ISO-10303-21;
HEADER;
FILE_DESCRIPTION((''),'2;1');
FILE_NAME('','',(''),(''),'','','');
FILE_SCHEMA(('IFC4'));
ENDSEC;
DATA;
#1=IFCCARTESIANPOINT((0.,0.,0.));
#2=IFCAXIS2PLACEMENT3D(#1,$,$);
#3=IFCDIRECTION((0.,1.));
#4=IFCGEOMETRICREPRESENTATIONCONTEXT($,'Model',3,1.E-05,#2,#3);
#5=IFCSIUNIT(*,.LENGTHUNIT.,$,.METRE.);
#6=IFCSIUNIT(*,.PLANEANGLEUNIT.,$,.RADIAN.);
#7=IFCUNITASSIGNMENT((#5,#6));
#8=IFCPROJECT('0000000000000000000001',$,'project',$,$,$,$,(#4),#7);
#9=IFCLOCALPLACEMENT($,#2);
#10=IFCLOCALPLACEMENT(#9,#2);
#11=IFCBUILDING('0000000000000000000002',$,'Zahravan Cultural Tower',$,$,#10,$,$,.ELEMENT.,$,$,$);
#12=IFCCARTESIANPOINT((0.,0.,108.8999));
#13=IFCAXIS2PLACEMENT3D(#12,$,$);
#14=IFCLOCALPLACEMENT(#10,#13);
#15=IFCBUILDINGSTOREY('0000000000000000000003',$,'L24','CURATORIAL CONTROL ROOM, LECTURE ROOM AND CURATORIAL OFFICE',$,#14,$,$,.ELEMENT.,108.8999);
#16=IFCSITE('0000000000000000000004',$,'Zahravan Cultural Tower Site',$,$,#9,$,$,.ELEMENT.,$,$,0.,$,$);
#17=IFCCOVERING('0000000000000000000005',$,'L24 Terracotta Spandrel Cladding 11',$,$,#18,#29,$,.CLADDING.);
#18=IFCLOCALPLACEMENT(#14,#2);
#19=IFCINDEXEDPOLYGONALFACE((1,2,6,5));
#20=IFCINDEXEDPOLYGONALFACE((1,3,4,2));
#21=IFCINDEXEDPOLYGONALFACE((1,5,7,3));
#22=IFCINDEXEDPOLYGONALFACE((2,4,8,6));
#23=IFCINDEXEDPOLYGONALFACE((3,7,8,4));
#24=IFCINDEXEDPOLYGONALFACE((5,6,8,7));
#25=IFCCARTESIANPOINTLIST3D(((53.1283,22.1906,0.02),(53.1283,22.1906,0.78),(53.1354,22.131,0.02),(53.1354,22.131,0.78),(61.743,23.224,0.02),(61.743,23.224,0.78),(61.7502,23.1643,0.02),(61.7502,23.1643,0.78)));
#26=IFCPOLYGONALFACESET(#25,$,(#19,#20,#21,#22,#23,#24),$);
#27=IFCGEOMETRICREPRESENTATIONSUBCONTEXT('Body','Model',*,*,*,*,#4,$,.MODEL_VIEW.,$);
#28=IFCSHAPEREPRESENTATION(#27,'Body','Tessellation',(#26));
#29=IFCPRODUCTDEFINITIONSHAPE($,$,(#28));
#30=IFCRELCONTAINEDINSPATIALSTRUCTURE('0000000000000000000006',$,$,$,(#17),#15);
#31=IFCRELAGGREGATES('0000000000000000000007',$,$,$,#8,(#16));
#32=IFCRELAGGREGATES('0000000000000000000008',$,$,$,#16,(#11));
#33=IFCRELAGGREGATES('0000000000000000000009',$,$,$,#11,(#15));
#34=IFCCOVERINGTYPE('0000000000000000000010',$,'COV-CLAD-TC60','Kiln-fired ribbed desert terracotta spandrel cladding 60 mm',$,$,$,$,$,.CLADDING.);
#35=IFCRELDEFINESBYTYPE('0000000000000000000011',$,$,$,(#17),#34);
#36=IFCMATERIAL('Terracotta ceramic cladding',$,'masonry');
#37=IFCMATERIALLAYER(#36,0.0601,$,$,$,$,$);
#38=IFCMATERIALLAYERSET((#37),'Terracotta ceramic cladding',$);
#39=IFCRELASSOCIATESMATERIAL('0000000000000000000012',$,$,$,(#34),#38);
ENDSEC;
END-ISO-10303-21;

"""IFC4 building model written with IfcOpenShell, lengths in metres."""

from ifc_helpers import new_model, si_unit, direction, frame, origin, origin_2d, place, context, subcontext, project, spatial, rectangle, extrude, source, transform, mapped, material, layer, layer_set, type_object, element, save


model = new_model("IFC4")

# Units and contexts
model_context = context("Model", 3, precision=1e-05, world=origin(), true_north=direction((0.0, 1.0)))
body_context = subcontext(model_context, "Body", "Model", "MODEL_VIEW")
ifc_project = project(units=[si_unit("LENGTHUNIT", "METRE"), si_unit("PLANEANGLEUNIT", "RADIAN")], contexts=[model_context])

# Site, building, storey
site_placement = place(None, origin())
site = spatial("IfcSite", under=ifc_project, at=site_placement, Name="Zahravan Cultural Tower Site", CompositionType="ELEMENT", RefElevation=0.0)
building_placement = place(site_placement, origin())
building = spatial("IfcBuilding", under=site, at=building_placement, Name="Zahravan Cultural Tower", CompositionType="ELEMENT")
storey_placement = place(building_placement, frame((0.0, 0.0, 108.8999)))
storey = spatial("IfcBuildingStorey", under=building, at=storey_placement, Name="L24", Description="CURATORIAL CONTROL ROOM, LECTURE ROOM AND CURATORIAL OFFICE", CompositionType="ELEMENT", Elevation=108.8999)

# Covering
ifc_material_1 = material(Name="Terracotta ceramic cladding", Category="masonry")
ifc_layer_1 = layer(ifc_material_1, 0.0601)
ifc_layer_set_1 = layer_set([ifc_layer_1], Name="Terracotta ceramic cladding")
covering_type = type_object("IfcCoveringType", Name="COV-CLAD-TC60", Description="Kiln-fired ribbed desert terracotta spandrel cladding 60 mm", PredefinedType="CLADDING", material=ifc_layer_set_1)
shared_shape_1 = source(origin(), body_context, "Body", "SweptSolid", [
    extrude(rectangle(XDim=8.6765, YDim=0.0601, at=origin_2d()), origin(), (0.0, 0.0, 1.0), 0.76),
])
covering_placement = place(storey_placement, frame((57.4392, 22.6775, 0.02), z_axis=(0.0, 0.0, 1.0), x_axis=(-0.992883, -0.119097, 0.0)))
element("IfcCovering", 1, at=covering_placement, inside=storey, type_object=covering_type, Name="L24 Terracotta Spandrel Cladding 11", PredefinedType="CLADDING", context=body_context, shape_type="MappedRepresentation", body=[
    mapped(shared_shape_1, transform((0.0, 0.0, 0.0), x_axis=(1.0, 0.0, 0.0), y_axis=(0.0, 1.0, 0.0), z_axis=(0.0, 0.0, 1.0), scale=1.0)),
])

save(model, "model.ifc")
